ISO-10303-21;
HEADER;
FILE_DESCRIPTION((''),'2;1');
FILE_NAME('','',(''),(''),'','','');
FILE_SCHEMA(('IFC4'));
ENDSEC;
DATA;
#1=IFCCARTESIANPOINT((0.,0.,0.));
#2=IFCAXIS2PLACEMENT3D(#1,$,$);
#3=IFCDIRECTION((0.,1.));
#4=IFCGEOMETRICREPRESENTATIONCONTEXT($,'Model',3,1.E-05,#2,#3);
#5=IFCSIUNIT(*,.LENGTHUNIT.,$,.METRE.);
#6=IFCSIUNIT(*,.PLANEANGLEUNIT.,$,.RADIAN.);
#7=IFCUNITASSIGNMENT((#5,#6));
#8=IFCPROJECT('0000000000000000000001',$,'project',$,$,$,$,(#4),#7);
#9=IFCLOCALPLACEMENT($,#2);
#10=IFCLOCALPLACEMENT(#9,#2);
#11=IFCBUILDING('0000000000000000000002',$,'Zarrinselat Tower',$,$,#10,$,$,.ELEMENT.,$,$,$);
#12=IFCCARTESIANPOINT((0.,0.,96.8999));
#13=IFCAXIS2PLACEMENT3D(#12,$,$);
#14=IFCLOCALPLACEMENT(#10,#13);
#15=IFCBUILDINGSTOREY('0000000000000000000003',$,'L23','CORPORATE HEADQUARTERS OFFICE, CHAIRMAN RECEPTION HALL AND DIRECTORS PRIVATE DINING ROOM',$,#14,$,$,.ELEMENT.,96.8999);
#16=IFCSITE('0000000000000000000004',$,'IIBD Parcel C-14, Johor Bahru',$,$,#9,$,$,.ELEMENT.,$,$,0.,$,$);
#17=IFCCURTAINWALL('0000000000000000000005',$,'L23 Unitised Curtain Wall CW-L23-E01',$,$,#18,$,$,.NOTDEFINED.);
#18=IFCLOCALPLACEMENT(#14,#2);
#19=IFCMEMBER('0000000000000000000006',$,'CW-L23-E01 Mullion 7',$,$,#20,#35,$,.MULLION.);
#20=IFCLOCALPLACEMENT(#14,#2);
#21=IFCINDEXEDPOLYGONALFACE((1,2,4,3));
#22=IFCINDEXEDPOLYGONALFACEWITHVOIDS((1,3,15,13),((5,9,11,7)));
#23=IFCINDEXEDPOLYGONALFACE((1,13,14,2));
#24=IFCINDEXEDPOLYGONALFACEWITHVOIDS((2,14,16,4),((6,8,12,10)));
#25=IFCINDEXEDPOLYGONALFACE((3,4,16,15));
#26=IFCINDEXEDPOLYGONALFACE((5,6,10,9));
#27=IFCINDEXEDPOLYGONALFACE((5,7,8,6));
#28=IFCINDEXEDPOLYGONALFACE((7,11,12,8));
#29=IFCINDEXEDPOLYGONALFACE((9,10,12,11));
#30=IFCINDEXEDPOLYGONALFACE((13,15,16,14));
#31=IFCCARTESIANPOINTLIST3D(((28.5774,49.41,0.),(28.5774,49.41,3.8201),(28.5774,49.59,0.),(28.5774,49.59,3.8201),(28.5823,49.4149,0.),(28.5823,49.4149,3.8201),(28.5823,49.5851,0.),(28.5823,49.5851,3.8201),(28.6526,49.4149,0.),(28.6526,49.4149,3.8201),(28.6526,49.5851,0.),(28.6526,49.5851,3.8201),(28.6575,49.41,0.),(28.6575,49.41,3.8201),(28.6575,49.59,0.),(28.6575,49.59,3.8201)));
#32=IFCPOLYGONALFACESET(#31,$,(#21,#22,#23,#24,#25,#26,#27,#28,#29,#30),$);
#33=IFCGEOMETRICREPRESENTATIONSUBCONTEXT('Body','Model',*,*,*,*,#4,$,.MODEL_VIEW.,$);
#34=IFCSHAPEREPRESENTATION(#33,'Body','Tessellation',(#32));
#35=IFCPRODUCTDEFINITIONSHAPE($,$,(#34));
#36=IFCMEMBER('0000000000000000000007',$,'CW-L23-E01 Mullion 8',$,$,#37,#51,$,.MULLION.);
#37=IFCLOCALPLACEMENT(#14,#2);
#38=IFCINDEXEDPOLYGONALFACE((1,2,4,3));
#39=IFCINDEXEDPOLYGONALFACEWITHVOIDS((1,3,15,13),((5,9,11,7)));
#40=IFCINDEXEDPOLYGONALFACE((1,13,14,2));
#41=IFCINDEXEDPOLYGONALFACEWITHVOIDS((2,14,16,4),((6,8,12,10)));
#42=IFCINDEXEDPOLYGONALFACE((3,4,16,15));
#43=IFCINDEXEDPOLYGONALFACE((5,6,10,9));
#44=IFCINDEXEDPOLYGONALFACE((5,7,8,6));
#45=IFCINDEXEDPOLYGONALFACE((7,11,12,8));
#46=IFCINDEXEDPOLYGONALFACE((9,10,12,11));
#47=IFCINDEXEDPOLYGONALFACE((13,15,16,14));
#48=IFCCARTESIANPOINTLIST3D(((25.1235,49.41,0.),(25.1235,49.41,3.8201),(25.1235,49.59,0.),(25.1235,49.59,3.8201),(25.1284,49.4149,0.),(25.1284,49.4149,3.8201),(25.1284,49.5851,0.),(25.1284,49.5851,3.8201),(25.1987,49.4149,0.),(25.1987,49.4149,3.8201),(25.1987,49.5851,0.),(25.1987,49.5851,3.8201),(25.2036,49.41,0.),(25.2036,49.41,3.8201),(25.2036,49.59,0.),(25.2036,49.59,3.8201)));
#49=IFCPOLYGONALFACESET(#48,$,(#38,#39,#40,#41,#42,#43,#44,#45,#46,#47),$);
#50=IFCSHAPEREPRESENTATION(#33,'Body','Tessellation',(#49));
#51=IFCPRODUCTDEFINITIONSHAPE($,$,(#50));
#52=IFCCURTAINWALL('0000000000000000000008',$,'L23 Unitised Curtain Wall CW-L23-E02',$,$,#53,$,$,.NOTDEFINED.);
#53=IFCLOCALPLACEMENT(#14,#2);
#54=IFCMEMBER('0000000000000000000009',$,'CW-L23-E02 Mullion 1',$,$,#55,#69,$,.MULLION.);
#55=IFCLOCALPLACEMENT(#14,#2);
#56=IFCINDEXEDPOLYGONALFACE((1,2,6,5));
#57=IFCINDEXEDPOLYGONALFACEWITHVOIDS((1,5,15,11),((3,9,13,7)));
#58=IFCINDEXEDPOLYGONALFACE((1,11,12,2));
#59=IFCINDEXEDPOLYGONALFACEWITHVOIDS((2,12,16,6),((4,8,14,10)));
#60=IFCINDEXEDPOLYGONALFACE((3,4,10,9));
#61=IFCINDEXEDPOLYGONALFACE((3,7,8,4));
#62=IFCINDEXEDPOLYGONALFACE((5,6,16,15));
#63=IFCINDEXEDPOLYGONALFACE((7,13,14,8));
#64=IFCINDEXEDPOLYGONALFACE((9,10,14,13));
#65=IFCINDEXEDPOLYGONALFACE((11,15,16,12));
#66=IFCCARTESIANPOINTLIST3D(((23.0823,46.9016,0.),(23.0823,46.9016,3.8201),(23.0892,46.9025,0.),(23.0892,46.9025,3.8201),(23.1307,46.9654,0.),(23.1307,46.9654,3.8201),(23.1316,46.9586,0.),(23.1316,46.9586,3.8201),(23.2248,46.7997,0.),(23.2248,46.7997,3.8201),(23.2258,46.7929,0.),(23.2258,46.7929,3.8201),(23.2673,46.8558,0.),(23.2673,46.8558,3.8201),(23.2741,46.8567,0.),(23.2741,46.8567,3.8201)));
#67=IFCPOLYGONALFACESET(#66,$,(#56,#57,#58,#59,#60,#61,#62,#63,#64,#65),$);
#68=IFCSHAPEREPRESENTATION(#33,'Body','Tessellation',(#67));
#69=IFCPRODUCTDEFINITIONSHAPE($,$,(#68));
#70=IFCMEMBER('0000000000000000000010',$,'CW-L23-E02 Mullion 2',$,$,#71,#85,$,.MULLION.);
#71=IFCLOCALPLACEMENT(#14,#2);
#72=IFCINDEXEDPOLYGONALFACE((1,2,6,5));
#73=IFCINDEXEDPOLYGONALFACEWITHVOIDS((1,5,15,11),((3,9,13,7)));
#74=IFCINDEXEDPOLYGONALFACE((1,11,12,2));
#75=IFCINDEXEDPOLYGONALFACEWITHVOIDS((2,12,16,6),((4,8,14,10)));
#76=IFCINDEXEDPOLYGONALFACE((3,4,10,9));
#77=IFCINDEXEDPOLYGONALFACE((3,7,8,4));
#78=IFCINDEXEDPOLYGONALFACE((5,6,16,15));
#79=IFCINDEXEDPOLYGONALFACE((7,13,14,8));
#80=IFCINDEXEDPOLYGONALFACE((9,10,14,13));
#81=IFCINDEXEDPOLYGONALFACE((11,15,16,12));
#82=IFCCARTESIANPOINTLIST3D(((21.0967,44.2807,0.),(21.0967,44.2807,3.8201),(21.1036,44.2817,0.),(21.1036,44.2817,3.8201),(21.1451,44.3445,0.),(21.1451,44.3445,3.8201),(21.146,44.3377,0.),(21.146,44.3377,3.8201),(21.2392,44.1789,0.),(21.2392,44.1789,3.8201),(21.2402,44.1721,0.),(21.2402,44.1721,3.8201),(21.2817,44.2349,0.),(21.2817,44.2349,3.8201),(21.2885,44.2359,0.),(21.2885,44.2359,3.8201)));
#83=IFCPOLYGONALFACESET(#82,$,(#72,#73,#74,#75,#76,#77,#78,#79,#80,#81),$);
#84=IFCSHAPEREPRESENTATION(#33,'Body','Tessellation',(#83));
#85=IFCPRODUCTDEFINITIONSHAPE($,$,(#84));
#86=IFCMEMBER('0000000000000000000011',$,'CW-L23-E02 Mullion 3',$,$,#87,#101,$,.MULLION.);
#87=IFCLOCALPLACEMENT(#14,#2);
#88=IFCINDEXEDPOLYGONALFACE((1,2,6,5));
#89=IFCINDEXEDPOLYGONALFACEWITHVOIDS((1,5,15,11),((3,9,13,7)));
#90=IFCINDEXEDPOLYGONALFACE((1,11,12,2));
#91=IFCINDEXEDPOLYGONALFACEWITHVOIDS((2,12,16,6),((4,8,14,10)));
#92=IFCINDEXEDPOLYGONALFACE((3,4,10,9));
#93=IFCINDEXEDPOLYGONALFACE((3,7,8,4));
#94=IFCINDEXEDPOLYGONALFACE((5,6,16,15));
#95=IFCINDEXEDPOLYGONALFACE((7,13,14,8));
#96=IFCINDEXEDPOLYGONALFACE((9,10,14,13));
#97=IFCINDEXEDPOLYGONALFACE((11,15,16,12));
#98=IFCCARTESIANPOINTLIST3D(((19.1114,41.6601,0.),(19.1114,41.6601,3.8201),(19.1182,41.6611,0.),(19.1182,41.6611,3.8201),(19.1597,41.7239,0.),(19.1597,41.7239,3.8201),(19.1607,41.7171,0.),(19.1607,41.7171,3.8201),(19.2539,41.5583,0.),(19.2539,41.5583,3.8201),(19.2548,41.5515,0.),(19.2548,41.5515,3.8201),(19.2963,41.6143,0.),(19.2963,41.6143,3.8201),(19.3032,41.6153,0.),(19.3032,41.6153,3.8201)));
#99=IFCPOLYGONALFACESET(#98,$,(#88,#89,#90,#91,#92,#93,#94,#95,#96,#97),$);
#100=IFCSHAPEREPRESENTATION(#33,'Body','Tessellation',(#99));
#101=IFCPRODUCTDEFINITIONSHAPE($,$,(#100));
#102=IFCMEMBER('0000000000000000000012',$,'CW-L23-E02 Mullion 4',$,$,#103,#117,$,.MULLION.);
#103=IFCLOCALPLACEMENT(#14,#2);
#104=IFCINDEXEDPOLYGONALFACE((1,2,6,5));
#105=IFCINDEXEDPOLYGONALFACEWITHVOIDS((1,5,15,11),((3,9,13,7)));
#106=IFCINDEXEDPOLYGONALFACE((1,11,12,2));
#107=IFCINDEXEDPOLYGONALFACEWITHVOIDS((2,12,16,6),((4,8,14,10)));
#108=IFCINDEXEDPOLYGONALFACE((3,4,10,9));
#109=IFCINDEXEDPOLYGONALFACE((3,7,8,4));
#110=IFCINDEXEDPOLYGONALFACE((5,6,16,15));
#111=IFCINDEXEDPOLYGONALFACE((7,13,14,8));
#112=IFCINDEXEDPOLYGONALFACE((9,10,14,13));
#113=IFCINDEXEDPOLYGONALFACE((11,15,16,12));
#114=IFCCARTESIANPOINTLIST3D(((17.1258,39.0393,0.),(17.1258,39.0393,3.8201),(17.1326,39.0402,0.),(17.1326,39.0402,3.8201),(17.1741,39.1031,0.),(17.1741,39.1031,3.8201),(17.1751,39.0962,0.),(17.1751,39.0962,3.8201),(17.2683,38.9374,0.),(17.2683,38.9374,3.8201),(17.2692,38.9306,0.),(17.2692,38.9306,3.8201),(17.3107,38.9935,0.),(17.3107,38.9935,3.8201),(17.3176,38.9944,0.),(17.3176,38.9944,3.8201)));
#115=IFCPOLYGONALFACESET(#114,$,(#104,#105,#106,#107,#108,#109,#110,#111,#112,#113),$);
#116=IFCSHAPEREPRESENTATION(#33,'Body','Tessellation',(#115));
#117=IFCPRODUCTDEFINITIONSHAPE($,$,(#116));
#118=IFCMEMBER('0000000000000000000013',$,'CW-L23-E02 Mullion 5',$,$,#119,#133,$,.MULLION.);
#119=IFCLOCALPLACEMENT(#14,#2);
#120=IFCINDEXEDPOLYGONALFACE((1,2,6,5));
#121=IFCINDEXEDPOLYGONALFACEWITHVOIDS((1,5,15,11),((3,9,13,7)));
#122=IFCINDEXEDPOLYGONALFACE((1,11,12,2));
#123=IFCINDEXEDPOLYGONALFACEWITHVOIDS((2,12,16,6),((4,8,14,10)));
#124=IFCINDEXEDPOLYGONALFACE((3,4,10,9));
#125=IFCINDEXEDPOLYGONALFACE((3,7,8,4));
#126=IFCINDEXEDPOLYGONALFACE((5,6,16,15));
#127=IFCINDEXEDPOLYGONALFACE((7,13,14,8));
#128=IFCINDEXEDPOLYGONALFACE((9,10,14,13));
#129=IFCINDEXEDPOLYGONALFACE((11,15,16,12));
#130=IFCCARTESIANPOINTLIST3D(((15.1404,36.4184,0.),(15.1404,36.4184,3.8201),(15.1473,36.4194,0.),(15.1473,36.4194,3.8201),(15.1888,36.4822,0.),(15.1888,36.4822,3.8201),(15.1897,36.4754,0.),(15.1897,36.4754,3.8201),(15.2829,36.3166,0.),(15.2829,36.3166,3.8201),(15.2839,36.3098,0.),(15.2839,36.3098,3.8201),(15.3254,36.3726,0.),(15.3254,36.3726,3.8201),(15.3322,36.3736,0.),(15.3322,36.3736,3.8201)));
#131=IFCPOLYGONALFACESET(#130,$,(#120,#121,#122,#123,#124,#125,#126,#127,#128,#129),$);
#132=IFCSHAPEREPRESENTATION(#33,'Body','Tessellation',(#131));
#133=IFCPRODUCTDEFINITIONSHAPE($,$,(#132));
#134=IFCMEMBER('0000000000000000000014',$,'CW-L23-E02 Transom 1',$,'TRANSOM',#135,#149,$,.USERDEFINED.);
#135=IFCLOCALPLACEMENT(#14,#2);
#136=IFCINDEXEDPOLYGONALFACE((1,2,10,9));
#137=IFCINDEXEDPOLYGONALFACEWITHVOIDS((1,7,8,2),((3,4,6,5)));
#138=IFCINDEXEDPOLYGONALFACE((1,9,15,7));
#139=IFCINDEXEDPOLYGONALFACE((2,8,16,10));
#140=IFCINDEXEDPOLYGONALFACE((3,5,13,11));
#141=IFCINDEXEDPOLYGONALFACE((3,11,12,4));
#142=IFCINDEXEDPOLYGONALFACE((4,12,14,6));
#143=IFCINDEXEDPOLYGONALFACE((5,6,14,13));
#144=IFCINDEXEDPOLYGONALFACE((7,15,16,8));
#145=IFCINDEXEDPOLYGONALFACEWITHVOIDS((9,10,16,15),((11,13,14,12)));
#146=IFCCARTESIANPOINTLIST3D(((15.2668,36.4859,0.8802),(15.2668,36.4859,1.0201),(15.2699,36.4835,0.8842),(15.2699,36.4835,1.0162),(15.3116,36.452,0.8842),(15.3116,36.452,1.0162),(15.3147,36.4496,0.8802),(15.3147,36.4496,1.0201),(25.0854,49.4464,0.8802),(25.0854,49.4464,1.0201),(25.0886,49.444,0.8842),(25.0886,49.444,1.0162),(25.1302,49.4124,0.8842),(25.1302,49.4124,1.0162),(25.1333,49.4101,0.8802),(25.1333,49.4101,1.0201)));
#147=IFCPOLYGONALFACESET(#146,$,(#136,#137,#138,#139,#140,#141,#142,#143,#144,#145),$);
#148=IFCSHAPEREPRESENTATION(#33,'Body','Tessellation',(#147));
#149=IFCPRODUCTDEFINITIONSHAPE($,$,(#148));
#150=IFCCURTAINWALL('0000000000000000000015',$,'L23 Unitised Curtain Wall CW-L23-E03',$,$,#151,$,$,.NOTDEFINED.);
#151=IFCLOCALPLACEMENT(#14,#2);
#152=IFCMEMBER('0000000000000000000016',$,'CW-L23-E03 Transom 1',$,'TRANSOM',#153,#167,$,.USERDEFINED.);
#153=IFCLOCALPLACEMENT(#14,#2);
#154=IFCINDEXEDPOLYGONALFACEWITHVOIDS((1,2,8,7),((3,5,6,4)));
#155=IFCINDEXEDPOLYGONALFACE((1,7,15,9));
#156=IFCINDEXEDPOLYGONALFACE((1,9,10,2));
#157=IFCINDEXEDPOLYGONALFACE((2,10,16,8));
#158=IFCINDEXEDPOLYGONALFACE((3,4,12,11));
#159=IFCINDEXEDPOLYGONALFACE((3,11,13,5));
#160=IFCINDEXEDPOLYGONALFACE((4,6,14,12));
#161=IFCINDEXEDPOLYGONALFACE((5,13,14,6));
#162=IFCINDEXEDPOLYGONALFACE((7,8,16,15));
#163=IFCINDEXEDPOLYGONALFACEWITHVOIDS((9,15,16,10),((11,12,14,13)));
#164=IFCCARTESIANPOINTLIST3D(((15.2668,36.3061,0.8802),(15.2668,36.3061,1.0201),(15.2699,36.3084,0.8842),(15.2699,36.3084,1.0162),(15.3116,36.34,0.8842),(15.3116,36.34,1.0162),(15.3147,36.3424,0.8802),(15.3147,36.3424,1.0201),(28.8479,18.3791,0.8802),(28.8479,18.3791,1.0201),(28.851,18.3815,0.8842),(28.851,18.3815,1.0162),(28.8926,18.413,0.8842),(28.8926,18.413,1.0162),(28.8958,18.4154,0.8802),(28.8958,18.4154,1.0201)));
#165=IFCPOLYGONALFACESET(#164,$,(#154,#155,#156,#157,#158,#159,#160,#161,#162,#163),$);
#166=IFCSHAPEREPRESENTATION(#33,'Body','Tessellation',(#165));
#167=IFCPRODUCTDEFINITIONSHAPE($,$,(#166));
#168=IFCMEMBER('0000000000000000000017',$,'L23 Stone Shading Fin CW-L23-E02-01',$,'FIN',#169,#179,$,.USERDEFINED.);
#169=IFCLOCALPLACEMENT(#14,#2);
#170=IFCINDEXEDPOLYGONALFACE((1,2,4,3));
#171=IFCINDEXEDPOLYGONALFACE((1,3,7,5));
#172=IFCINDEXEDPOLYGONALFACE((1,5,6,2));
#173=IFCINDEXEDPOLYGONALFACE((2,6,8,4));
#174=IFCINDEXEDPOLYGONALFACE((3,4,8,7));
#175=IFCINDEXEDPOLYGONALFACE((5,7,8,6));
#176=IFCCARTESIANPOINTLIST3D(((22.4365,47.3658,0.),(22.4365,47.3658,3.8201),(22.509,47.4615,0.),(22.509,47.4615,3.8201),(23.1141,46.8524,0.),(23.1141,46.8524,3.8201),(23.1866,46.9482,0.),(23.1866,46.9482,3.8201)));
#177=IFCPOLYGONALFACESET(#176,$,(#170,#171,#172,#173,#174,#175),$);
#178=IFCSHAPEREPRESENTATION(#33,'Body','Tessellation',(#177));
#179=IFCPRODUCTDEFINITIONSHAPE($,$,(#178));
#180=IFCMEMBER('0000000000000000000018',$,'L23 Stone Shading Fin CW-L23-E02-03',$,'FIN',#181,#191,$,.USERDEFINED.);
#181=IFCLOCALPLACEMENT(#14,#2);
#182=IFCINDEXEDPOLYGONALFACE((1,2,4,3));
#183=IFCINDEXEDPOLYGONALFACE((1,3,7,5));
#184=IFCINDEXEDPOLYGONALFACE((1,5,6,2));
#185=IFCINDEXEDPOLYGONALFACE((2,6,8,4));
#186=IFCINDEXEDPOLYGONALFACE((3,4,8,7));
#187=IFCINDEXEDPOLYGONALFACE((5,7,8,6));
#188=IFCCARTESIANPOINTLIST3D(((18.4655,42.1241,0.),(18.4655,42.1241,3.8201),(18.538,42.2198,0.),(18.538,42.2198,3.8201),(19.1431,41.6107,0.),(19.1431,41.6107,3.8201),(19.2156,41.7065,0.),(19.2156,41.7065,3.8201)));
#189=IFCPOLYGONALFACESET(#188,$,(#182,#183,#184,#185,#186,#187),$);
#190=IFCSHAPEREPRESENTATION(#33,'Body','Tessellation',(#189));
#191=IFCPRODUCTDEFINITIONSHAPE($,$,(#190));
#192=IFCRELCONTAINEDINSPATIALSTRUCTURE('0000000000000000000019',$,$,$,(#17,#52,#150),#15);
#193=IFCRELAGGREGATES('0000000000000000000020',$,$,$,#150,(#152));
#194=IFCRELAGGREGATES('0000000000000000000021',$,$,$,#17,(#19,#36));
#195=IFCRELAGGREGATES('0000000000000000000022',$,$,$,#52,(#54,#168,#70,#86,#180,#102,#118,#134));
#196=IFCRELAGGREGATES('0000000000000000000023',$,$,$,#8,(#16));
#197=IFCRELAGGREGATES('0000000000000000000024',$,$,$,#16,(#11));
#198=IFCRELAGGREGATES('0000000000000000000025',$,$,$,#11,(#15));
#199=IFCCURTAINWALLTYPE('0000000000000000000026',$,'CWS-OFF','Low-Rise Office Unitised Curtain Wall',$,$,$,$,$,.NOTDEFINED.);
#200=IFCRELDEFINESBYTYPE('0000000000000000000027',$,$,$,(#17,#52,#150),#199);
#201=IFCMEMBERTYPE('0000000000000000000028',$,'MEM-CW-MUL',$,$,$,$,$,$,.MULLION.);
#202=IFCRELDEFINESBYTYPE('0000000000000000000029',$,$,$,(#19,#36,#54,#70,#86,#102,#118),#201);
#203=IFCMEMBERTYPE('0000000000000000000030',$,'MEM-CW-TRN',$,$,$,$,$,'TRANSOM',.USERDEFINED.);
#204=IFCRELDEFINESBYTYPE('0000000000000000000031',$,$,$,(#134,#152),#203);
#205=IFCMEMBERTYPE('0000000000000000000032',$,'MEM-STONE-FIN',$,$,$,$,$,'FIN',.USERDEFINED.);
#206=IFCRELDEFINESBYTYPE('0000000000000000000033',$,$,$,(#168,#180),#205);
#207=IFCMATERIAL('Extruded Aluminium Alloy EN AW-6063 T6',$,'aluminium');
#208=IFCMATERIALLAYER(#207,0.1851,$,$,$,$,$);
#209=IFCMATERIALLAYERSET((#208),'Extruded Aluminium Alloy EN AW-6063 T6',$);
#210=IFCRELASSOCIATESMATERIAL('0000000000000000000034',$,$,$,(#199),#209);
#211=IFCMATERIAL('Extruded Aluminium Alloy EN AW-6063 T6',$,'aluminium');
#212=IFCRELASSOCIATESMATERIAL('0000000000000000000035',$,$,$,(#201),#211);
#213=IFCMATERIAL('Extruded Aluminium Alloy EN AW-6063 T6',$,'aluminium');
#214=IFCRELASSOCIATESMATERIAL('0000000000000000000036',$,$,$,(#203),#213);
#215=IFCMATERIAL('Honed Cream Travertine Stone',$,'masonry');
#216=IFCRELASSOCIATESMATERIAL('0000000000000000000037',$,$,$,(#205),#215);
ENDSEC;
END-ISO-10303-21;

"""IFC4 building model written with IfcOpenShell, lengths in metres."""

from ifc_helpers import new_model, si_unit, direction, frame, origin, origin_2d, place, context, subcontext, project, spatial, rectangle, hollow_rectangle, extrude, material, layer, layer_set, material_profile, profile_set, type_object, element, aggregate, save


model = new_model("IFC4")

# Units and contexts
model_context = context("Model", 3, precision=1e-05, world=origin(), true_north=direction((0.0, 1.0)))
body_context = subcontext(model_context, "Body", "Model", "MODEL_VIEW")
ifc_project = project(units=[si_unit("LENGTHUNIT", "METRE"), si_unit("PLANEANGLEUNIT", "RADIAN")], contexts=[model_context])

# Site, building, storey
site_placement = place(None, origin())
site = spatial("IfcSite", under=ifc_project, at=site_placement, Name="IIBD Parcel C-14, Johor Bahru", CompositionType="ELEMENT", RefElevation=0.0)
building_placement = place(site_placement, origin())
building = spatial("IfcBuilding", under=site, at=building_placement, Name="Zarrinselat Tower", CompositionType="ELEMENT")
storey_placement = place(building_placement, frame((0.0, 0.0, 96.8999)))
storey = spatial("IfcBuildingStorey", under=building, at=storey_placement, Name="L23", Description="CORPORATE HEADQUARTERS OFFICE, CHAIRMAN RECEPTION HALL AND DIRECTORS PRIVATE DINING ROOM", CompositionType="ELEMENT", Elevation=96.8999)

# Curtain walls, members
ifc_material_1 = material(Name="Extruded Aluminium Alloy EN AW-6063 T6", Category="aluminium")
ifc_layer_1 = layer(ifc_material_1, 0.1851)
ifc_layer_set_1 = layer_set([ifc_layer_1], Name="Extruded Aluminium Alloy EN AW-6063 T6")
curtain_wall_type = type_object("IfcCurtainWallType", Name="CWS-OFF", Description="Low-Rise Office Unitised Curtain Wall", PredefinedType="NOTDEFINED", material=ifc_layer_set_1)
curtain_wall_1_placement = place(storey_placement, origin())
curtain_wall_1 = element("IfcCurtainWall", 1, at=curtain_wall_1_placement, inside=storey, type_object=curtain_wall_type, Name="L23 Unitised Curtain Wall CW-L23-E01", PredefinedType="NOTDEFINED")
ifc_material_2 = material(Name="Extruded Aluminium Alloy EN AW-6063 T6", Category="aluminium")
ifc_material_profile_1 = material_profile(ifc_material_2, hollow_rectangle(XDim=0.0801, YDim=0.1799, WallThickness=0.0049, at=origin_2d()), Name="RHS 180x80x5")
ifc_profile_set_1 = profile_set([ifc_material_profile_1], Name="Extruded Aluminium Alloy EN AW-6063 T6")
member_type_1 = type_object("IfcMemberType", Name="MEM-CW-MUL", PredefinedType="MULLION", material=ifc_profile_set_1)
member_1_placement = place(storey_placement, frame((28.6174, 49.5, 0.0), z_axis=(0.0, 0.0, 1.0), x_axis=(-1.0, 0.0, 0.0)))
member_1 = element("IfcMember", 2, at=member_1_placement, type_object=member_type_1, Name="CW-L23-E01 Mullion 7", PredefinedType="MULLION", context=body_context, shape_type="SweptSolid", body=[
    extrude(hollow_rectangle(XDim=0.0801, YDim=0.1799, WallThickness=0.0049, at=origin_2d()), origin(), (0.0, 0.0, 1.0), 3.8201),
])
member_2_placement = place(storey_placement, frame((25.1636, 49.5, 0.0), z_axis=(0.0, 0.0, 1.0), x_axis=(-1.0, 0.0, 0.0)))
member_2 = element("IfcMember", 3, at=member_2_placement, type_object=member_type_1, Name="CW-L23-E01 Mullion 8", PredefinedType="MULLION", context=body_context, shape_type="SweptSolid", body=[
    extrude(hollow_rectangle(XDim=0.0801, YDim=0.1799, WallThickness=0.0049, at=origin_2d()), origin(), (0.0, 0.0, 1.0), 3.8201),
])
curtain_wall_2_placement = place(storey_placement, origin())
curtain_wall_2 = element("IfcCurtainWall", 4, at=curtain_wall_2_placement, inside=storey, type_object=curtain_wall_type, Name="L23 Unitised Curtain Wall CW-L23-E02", PredefinedType="NOTDEFINED")
member_3_placement = place(storey_placement, frame((23.1782, 46.8792, 0.0), z_axis=(0.0, 0.0, 1.0), x_axis=(-0.603855, -0.797094, 0.0)))
member_3 = element("IfcMember", 5, at=member_3_placement, type_object=member_type_1, Name="CW-L23-E02 Mullion 1", PredefinedType="MULLION", context=body_context, shape_type="SweptSolid", body=[
    extrude(hollow_rectangle(XDim=0.0801, YDim=0.1799, WallThickness=0.0049, at=origin_2d()), origin(), (0.0, 0.0, 1.0), 3.8201),
])
member_4_placement = place(storey_placement, frame((21.1926, 44.2583, 0.0), z_axis=(0.0, 0.0, 1.0), x_axis=(-0.603855, -0.797094, 0.0)))
member_4 = element("IfcMember", 6, at=member_4_placement, type_object=member_type_1, Name="CW-L23-E02 Mullion 2", PredefinedType="MULLION", context=body_context, shape_type="SweptSolid", body=[
    extrude(hollow_rectangle(XDim=0.0801, YDim=0.1799, WallThickness=0.0049, at=origin_2d()), origin(), (0.0, 0.0, 1.0), 3.8201),
])
member_5_placement = place(storey_placement, frame((19.2073, 41.6377, 0.0), z_axis=(0.0, 0.0, 1.0), x_axis=(-0.603855, -0.797094, 0.0)))
member_5 = element("IfcMember", 7, at=member_5_placement, type_object=member_type_1, Name="CW-L23-E02 Mullion 3", PredefinedType="MULLION", context=body_context, shape_type="SweptSolid", body=[
    extrude(hollow_rectangle(XDim=0.0801, YDim=0.1799, WallThickness=0.0049, at=origin_2d()), origin(), (0.0, 0.0, 1.0), 3.8201),
])
member_6_placement = place(storey_placement, frame((17.2217, 39.0168, 0.0), z_axis=(0.0, 0.0, 1.0), x_axis=(-0.603855, -0.797094, 0.0)))
member_6 = element("IfcMember", 8, at=member_6_placement, type_object=member_type_1, Name="CW-L23-E02 Mullion 4", PredefinedType="MULLION", context=body_context, shape_type="SweptSolid", body=[
    extrude(hollow_rectangle(XDim=0.0801, YDim=0.1799, WallThickness=0.0049, at=origin_2d()), origin(), (0.0, 0.0, 1.0), 3.8201),
])
member_7_placement = place(storey_placement, frame((15.2363, 36.396, 0.0), z_axis=(0.0, 0.0, 1.0), x_axis=(-0.603855, -0.797094, 0.0)))
member_7 = element("IfcMember", 9, at=member_7_placement, type_object=member_type_1, Name="CW-L23-E02 Mullion 5", PredefinedType="MULLION", context=body_context, shape_type="SweptSolid", body=[
    extrude(hollow_rectangle(XDim=0.0801, YDim=0.1799, WallThickness=0.0049, at=origin_2d()), origin(), (0.0, 0.0, 1.0), 3.8201),
])
ifc_material_3 = material(Name="Extruded Aluminium Alloy EN AW-6063 T6", Category="aluminium")
ifc_material_profile_2 = material_profile(ifc_material_3, hollow_rectangle(XDim=0.0601, YDim=0.1399, WallThickness=0.0039, at=origin_2d()), Name="RHS 140x60x4")
ifc_profile_set_2 = profile_set([ifc_material_profile_2], Name="Extruded Aluminium Alloy EN AW-6063 T6")
member_type_2 = type_object("IfcMemberType", Name="MEM-CW-TRN", ElementType="TRANSOM", PredefinedType="USERDEFINED", material=ifc_profile_set_2)
member_8_placement = place(storey_placement, frame((25.1094, 49.4282, 0.9502), z_axis=(-0.603861, -0.79709, 0.0), x_axis=(0.79709, -0.603861, 0.0)))
member_8 = element("IfcMember", 10, at=member_8_placement, type_object=member_type_2, Name="CW-L23-E02 Transom 1", ObjectType="TRANSOM", PredefinedType="USERDEFINED", context=body_context, shape_type="SweptSolid", body=[
    extrude(hollow_rectangle(XDim=0.0601, YDim=0.1399, WallThickness=0.0039, at=origin_2d()), origin(), (0.0, 0.0, 1.0), 16.2598),
])

# Curtain wall, member
curtain_wall_3_placement = place(storey_placement, origin())
curtain_wall_3 = element("IfcCurtainWall", 11, at=curtain_wall_3_placement, inside=storey, type_object=curtain_wall_type, Name="L23 Unitised Curtain Wall CW-L23-E03", PredefinedType="NOTDEFINED")
member_9_placement = place(storey_placement, frame((15.2908, 36.3242, 0.9502), z_axis=(0.603857, -0.797092, 0.0), x_axis=(0.797092, 0.603857, 0.0)))
member_9 = element("IfcMember", 12, at=member_9_placement, type_object=member_type_2, Name="CW-L23-E03 Transom 1", ObjectType="TRANSOM", PredefinedType="USERDEFINED", context=body_context, shape_type="SweptSolid", body=[
    extrude(hollow_rectangle(XDim=0.0601, YDim=0.1399, WallThickness=0.0039, at=origin_2d()), origin(), (0.0, 0.0, 1.0), 22.4905),
])
aggregate(curtain_wall_3, [member_9])

# Members
ifc_material_4 = material(Name="Honed Cream Travertine Stone", Category="masonry")
ifc_material_profile_3 = material_profile(ifc_material_4, rectangle(XDim=0.1201, YDim=0.8501, at=origin_2d()), Name="FIN 850x120")
ifc_profile_set_3 = profile_set([ifc_material_profile_3], Name="Honed Cream Travertine Stone")
member_type_3 = type_object("IfcMemberType", Name="MEM-STONE-FIN", ElementType="FIN", PredefinedType="USERDEFINED", material=ifc_profile_set_3)
member_10_placement = place(storey_placement, frame((22.8115, 47.157, 0.0), z_axis=(0.0, 0.0, 1.0), x_axis=(0.603855, 0.797094, 0.0)))
member_10 = element("IfcMember", 13, at=member_10_placement, type_object=member_type_3, Name="L23 Stone Shading Fin CW-L23-E02-01", ObjectType="FIN", PredefinedType="USERDEFINED", context=body_context, shape_type="SweptSolid", body=[
    extrude(rectangle(XDim=0.1201, YDim=0.8501, at=origin_2d()), origin(), (0.0, 0.0, 1.0), 3.8201),
])
member_11_placement = place(storey_placement, frame((18.8406, 41.9153, 0.0), z_axis=(0.0, 0.0, 1.0), x_axis=(0.603855, 0.797094, 0.0)))
member_11 = element("IfcMember", 14, at=member_11_placement, type_object=member_type_3, Name="L23 Stone Shading Fin CW-L23-E02-03", ObjectType="FIN", PredefinedType="USERDEFINED", context=body_context, shape_type="SweptSolid", body=[
    extrude(rectangle(XDim=0.1201, YDim=0.8501, at=origin_2d()), origin(), (0.0, 0.0, 1.0), 3.8201),
])

aggregate(curtain_wall_1, [member_1, member_2])
aggregate(curtain_wall_2, [member_3, member_10, member_4, member_5, member_11, member_6, member_7, member_8])

save(model, "model.ifc")
